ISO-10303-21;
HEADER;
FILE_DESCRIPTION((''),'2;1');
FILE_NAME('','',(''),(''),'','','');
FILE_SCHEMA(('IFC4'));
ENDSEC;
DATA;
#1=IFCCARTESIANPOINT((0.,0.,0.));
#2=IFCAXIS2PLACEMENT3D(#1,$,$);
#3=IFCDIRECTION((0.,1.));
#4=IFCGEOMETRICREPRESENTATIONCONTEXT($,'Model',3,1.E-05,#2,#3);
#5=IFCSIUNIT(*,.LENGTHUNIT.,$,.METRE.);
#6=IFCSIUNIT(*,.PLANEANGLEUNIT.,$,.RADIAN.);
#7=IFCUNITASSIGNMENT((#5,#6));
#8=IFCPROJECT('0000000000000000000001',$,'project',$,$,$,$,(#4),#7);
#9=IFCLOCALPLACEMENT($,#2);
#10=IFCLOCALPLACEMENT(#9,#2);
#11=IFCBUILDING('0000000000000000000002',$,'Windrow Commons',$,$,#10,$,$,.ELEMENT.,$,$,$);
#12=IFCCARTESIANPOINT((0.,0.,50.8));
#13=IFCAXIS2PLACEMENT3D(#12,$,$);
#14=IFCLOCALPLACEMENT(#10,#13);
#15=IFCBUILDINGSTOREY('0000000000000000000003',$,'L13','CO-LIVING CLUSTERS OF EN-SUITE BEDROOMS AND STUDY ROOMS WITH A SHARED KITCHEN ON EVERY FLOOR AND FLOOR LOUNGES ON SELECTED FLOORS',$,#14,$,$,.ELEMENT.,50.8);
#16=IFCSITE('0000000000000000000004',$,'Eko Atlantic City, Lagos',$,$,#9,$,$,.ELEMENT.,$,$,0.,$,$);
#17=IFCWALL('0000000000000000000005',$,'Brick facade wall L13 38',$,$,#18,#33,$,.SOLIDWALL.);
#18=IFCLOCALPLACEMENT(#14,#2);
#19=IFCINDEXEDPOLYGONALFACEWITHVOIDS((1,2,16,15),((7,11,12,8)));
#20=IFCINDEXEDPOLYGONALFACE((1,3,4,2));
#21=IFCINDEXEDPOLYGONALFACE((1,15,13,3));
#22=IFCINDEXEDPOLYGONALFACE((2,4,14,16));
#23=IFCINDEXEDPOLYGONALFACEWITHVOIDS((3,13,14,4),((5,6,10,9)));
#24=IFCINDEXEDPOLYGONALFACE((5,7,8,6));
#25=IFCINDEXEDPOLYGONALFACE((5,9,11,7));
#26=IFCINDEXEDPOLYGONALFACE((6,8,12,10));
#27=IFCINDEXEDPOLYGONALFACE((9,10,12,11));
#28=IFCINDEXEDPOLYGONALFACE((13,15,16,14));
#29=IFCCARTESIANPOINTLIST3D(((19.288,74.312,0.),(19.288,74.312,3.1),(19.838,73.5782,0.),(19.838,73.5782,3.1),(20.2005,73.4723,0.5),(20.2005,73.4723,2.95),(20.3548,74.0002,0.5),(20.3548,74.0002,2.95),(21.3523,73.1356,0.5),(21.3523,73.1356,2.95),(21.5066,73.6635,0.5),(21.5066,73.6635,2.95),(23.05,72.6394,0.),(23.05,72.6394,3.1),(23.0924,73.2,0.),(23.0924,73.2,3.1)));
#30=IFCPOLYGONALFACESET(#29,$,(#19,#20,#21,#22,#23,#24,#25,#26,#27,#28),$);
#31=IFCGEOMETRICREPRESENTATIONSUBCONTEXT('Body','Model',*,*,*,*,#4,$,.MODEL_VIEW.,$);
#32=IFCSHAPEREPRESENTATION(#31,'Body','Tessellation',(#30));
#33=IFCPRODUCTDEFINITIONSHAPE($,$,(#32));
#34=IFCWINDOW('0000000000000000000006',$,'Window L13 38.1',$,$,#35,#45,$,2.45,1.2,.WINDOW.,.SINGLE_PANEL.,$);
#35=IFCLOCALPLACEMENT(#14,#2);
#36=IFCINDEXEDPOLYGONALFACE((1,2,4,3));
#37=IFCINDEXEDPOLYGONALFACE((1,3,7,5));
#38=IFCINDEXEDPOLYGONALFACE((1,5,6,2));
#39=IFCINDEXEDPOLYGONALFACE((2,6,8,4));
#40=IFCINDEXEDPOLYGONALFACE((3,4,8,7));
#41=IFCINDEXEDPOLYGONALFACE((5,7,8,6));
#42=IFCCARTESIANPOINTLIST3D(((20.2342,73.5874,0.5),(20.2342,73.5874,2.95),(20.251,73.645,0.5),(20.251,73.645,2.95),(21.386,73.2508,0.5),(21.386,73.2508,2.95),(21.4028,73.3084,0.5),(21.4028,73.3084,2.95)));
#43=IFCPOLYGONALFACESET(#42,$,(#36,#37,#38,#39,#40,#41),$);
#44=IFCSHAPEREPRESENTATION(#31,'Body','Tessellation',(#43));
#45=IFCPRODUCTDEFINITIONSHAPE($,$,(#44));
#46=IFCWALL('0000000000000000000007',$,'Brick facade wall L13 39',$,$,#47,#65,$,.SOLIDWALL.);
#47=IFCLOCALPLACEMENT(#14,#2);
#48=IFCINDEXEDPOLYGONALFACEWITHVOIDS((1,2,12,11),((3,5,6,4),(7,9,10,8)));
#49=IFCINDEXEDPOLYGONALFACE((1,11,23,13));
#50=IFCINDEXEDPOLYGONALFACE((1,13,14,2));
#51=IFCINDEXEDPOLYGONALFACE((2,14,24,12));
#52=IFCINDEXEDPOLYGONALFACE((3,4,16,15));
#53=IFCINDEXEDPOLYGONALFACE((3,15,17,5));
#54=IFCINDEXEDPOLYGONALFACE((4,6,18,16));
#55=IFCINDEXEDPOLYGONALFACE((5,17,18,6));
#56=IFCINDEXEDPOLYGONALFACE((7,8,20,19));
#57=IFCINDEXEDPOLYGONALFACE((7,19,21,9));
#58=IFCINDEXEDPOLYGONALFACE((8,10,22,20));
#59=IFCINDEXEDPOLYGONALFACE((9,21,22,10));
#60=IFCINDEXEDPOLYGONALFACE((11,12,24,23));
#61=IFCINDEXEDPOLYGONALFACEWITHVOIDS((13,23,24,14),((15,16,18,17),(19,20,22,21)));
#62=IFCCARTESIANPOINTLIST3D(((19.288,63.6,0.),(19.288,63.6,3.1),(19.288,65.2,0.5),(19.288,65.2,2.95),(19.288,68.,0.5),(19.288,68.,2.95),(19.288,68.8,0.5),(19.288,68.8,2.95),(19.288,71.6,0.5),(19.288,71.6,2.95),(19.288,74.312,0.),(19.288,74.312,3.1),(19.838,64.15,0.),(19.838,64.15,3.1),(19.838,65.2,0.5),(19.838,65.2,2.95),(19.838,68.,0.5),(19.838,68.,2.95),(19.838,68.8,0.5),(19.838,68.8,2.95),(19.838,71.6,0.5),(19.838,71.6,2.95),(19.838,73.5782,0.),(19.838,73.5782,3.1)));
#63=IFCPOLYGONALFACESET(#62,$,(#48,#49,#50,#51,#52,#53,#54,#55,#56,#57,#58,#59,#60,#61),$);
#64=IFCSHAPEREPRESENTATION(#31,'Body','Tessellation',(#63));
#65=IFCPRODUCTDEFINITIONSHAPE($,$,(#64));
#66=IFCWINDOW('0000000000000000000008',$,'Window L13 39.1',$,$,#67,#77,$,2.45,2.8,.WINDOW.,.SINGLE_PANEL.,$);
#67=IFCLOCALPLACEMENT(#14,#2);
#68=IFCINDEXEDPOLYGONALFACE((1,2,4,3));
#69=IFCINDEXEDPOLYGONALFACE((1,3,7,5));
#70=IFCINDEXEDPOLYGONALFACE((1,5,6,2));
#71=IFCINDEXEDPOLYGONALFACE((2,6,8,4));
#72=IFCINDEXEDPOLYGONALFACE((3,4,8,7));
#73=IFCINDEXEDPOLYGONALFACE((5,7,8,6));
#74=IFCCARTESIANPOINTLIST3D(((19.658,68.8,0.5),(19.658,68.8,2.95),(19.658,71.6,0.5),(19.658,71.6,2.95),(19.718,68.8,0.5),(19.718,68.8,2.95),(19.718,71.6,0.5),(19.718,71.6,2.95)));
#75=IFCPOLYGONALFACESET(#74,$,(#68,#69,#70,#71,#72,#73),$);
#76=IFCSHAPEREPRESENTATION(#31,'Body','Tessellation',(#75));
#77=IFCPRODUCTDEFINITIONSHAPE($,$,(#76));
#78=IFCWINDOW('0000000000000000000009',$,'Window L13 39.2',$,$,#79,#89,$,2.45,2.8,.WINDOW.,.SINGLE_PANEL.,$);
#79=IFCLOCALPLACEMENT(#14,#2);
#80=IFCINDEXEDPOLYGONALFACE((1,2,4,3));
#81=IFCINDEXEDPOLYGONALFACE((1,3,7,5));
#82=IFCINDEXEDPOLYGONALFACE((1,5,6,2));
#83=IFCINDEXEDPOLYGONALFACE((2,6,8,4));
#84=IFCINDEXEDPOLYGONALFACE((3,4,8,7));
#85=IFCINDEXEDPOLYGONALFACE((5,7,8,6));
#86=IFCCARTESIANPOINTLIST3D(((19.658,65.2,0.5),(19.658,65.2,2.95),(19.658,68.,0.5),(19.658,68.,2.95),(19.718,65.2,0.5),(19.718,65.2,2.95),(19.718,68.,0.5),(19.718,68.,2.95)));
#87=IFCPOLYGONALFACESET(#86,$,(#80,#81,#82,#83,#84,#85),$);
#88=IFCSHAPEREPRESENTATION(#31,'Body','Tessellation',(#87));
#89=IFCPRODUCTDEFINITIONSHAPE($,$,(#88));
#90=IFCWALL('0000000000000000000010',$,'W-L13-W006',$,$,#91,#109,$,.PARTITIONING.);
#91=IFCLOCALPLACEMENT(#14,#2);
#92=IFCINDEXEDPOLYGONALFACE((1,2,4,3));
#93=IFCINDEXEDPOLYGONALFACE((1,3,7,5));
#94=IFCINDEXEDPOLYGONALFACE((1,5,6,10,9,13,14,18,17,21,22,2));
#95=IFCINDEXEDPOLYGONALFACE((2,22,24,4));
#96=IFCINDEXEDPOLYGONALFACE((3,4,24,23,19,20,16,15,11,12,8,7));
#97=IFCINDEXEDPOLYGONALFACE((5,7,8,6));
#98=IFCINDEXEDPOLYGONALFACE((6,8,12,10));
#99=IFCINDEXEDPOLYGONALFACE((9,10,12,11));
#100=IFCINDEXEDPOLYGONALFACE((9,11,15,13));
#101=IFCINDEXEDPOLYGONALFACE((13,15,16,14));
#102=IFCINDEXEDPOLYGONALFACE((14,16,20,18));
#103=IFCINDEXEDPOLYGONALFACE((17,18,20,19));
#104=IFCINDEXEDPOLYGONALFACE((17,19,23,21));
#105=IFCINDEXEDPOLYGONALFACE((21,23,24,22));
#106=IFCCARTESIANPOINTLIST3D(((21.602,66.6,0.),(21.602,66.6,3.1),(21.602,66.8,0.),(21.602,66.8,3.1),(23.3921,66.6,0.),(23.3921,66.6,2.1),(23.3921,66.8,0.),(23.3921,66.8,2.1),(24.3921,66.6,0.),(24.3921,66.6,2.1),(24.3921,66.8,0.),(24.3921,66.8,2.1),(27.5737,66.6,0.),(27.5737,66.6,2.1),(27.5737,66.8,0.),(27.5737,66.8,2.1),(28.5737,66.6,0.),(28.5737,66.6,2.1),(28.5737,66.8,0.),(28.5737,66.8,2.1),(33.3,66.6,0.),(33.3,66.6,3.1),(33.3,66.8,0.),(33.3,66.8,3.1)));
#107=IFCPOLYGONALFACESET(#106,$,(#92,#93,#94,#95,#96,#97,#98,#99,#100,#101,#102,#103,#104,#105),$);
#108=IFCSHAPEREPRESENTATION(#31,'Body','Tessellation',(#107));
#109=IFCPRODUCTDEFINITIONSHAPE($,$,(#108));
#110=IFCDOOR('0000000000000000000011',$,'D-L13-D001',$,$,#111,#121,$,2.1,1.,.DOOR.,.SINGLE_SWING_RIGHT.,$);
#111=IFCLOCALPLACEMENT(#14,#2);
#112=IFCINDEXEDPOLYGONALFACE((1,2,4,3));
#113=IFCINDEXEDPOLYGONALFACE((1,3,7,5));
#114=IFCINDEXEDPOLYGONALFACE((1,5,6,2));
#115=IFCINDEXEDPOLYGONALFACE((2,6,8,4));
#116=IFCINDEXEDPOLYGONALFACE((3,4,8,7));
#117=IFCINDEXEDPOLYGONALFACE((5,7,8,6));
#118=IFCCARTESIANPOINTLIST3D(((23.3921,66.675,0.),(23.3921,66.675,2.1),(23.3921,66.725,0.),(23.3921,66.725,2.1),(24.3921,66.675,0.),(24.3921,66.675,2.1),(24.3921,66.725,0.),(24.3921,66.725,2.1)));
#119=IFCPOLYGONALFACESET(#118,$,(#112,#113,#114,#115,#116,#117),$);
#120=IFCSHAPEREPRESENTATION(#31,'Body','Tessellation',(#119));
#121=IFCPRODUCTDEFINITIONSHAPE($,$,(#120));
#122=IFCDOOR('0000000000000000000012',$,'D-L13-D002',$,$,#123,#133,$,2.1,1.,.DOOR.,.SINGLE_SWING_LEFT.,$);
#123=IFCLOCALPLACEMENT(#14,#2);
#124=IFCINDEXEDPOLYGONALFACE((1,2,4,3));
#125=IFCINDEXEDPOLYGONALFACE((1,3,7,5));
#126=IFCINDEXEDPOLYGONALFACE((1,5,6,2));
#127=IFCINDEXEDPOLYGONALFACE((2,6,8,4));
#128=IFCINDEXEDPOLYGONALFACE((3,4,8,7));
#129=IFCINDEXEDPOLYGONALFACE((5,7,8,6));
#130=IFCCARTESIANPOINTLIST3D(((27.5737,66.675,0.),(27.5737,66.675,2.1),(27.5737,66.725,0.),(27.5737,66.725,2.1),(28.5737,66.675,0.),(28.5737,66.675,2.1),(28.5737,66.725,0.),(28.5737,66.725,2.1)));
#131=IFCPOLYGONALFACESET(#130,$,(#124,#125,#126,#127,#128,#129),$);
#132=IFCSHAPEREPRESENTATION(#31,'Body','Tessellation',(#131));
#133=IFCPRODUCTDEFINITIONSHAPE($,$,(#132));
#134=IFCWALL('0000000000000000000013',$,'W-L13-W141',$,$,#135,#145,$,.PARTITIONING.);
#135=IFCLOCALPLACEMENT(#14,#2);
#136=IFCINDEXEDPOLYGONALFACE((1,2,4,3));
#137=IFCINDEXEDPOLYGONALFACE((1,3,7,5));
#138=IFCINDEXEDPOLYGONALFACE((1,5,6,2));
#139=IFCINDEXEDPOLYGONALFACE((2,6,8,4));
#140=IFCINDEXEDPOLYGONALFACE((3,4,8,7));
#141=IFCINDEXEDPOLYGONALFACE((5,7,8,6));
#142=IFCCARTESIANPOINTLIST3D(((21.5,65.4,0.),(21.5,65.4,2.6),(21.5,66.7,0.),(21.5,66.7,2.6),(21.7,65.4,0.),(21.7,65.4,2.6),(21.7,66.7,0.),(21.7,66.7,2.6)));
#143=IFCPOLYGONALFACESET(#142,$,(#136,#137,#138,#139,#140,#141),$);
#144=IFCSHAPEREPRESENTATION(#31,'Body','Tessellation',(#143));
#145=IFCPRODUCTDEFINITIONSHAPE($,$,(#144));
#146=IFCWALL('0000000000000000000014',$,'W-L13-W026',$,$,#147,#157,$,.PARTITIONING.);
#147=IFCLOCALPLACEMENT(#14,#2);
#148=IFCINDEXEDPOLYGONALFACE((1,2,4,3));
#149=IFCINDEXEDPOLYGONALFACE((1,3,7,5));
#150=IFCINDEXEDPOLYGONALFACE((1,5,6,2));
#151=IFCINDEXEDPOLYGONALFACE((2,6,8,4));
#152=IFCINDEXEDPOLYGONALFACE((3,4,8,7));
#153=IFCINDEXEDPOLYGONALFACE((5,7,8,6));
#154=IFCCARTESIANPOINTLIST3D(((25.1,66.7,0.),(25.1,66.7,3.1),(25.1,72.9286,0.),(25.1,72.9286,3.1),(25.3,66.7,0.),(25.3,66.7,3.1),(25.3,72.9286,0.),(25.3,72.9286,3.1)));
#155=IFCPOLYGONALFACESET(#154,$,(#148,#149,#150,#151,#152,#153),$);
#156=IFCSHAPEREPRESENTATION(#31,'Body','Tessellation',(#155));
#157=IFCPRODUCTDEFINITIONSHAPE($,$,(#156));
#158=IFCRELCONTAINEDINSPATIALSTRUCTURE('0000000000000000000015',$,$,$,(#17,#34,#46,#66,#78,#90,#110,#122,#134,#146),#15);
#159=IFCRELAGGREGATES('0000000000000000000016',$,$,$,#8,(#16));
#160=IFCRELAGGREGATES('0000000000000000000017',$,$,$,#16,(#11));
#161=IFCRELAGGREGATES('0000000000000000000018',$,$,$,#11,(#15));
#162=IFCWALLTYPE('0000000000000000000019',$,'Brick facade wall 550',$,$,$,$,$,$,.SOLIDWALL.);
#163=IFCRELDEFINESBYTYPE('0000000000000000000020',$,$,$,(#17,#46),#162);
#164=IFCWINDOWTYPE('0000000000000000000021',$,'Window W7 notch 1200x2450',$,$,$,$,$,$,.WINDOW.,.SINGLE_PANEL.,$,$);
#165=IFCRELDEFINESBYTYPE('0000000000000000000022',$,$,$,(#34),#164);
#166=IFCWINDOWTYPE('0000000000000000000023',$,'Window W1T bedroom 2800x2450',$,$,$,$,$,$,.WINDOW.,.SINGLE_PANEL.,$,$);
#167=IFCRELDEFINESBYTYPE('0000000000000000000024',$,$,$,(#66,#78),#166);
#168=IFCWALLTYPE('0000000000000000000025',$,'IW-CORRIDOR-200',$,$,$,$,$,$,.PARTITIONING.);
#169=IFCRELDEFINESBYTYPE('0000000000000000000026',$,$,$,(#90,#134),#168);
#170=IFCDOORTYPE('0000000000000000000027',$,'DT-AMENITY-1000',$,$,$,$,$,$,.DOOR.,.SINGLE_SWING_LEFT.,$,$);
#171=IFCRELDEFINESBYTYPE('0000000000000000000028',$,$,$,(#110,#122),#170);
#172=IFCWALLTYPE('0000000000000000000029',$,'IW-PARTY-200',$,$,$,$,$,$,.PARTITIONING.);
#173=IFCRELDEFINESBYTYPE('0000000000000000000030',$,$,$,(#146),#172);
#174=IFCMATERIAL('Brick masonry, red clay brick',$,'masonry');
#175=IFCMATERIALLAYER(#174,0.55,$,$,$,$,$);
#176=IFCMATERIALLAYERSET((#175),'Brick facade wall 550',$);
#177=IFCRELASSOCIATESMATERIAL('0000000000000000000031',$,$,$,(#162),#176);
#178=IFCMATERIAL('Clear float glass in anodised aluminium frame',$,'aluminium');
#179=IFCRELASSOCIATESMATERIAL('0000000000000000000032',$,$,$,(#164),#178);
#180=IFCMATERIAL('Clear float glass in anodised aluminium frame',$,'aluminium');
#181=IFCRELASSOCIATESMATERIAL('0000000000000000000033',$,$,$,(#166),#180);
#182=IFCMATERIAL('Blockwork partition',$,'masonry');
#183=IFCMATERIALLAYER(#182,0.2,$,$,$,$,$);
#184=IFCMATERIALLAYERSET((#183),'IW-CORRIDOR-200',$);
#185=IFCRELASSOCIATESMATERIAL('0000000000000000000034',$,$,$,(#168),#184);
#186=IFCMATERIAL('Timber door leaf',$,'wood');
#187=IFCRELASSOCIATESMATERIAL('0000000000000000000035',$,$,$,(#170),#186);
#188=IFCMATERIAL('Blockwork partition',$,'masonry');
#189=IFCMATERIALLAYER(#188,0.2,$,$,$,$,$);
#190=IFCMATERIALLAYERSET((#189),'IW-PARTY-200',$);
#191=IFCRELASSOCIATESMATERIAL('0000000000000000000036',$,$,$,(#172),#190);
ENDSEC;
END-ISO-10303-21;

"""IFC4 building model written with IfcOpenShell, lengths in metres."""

from ifc_helpers import new_model, si_unit, direction, frame, frame_2d, origin, place, context, subcontext, project, spatial, polyline, rectangle, outline, extrude, material, layer, layer_set, type_object, element, fill, save


model = new_model("IFC4")

# Units and contexts
model_context = context("Model", 3, precision=1e-05, world=origin(), true_north=direction((0.0, 1.0)))
body_context = subcontext(model_context, "Body", "Model", "MODEL_VIEW")
ifc_project = project(units=[si_unit("LENGTHUNIT", "METRE"), si_unit("PLANEANGLEUNIT", "RADIAN")], contexts=[model_context])

# Site, building, storey
site_placement = place(None, origin())
site = spatial("IfcSite", under=ifc_project, at=site_placement, Name="Eko Atlantic City, Lagos", CompositionType="ELEMENT", RefElevation=0.0)
building_placement = place(site_placement, origin())
building = spatial("IfcBuilding", under=site, at=building_placement, Name="Windrow Commons", CompositionType="ELEMENT")
storey_placement = place(building_placement, frame((0.0, 0.0, 50.8)))
storey = spatial("IfcBuildingStorey", under=building, at=storey_placement, Name="L13", Description="CO-LIVING CLUSTERS OF EN-SUITE BEDROOMS AND STUDY ROOMS WITH A SHARED KITCHEN ON EVERY FLOOR AND FLOOR LOUNGES ON SELECTED FLOORS", CompositionType="ELEMENT", Elevation=50.8)

# Shared definitions
ifc_material_1 = material(Name="Brick masonry, red clay brick", Category="masonry")
ifc_layer_1 = layer(ifc_material_1, 0.55)
ifc_layer_set_1 = layer_set([ifc_layer_1], Name="Brick facade wall 550")
wall_type_1 = type_object("IfcWallType", Name="Brick facade wall 550", PredefinedType="SOLIDWALL", material=ifc_layer_set_1)
ifc_material_2 = material(Name="Clear float glass in anodised aluminium frame", Category="aluminium")
window_type_1 = type_object("IfcWindowType", Name="Window W7 notch 1200x2450", PartitioningType="SINGLE_PANEL", PredefinedType="WINDOW", material=ifc_material_2)

# Wall, opening, window
wall_1_placement = place(storey_placement, frame((23.0712, 72.9197, 0.0), z_axis=(0.0, 0.0, 1.0), x_axis=(-0.95984, 0.280548, 0.0)))
wall_1 = element("IfcWall", 1, at=wall_1_placement, inside=storey, type_object=wall_type_1, Name="Brick facade wall L13 38", PredefinedType="SOLIDWALL", context=body_context, shape_type="SweptSolid", body=[
    extrude(outline(polyline([(0.0583, -0.275), (4.0219, -0.275), (3.2881, 0.275), (-0.0583, 0.275), (0.0583, -0.275)])), origin(), (0.0, 0.0, 1.0), 3.1),
])
opening_1_placement = place(wall_1_placement, frame((1.7104, 0.0, 0.5)))
opening_1 = element("IfcOpeningElement", 2, at=opening_1_placement, cuts=wall_1, PredefinedType="OPENING", context=body_context, shape_type="SweptSolid", body=[
    extrude(rectangle(XDim=1.2, YDim=2.45, at=frame_2d((0.6, 1.225))), frame((0.0, 0.285, 0.0), z_axis=(0.0, -1.0, 0.0), x_axis=(1.0, 0.0, 0.0)), (0.0, 0.0, 1.0), 0.57),
])
window_1_placement = place(opening_1_placement, origin())
window_1 = element("IfcWindow", 3, at=window_1_placement, inside=storey, type_object=window_type_1, Name="Window L13 38.1", OverallHeight=2.45, OverallWidth=1.2, PartitioningType="SINGLE_PANEL", PredefinedType="WINDOW", context=body_context, shape_type="SweptSolid", body=[
    extrude(rectangle(XDim=1.2, YDim=2.45, at=frame_2d((0.6, 1.225))), frame((0.0, 0.155, 0.0), z_axis=(0.0, -1.0, 0.0), x_axis=(1.0, 0.0, 0.0)), (0.0, 0.0, 1.0), 0.06),
])
fill(opening_1, window_1)

# Wall, openings, windows
wall_2_placement = place(storey_placement, frame((19.563, 73.9451, 0.0), z_axis=(0.0, 0.0, 1.0), x_axis=(0.0, -1.0, 0.0)))
wall_2 = element("IfcWall", 4, at=wall_2_placement, inside=storey, type_object=wall_type_1, Name="Brick facade wall L13 39", PredefinedType="SOLIDWALL", context=body_context, shape_type="SweptSolid", body=[
    extrude(outline(polyline([(-0.3669, -0.275), (10.3451, -0.275), (9.7951, 0.275), (0.3669, 0.275), (-0.3669, -0.275)])), origin(), (0.0, 0.0, 1.0), 3.1),
])
opening_2_placement = place(wall_2_placement, frame((2.3451, 0.0, 0.5)))
opening_2 = element("IfcOpeningElement", 5, at=opening_2_placement, cuts=wall_2, PredefinedType="OPENING", context=body_context, shape_type="SweptSolid", body=[
    extrude(rectangle(XDim=2.8, YDim=2.45, at=frame_2d((1.4, 1.225))), frame((0.0, 0.285, 0.0), z_axis=(0.0, -1.0, 0.0), x_axis=(1.0, 0.0, 0.0)), (0.0, 0.0, 1.0), 0.57),
])
opening_3_placement = place(wall_2_placement, frame((5.9451, 0.0, 0.5)))
opening_3 = element("IfcOpeningElement", 6, at=opening_3_placement, cuts=wall_2, PredefinedType="OPENING", context=body_context, shape_type="SweptSolid", body=[
    extrude(rectangle(XDim=2.8, YDim=2.45, at=frame_2d((1.4, 1.225))), frame((0.0, 0.285, 0.0), z_axis=(0.0, -1.0, 0.0), x_axis=(1.0, 0.0, 0.0)), (0.0, 0.0, 1.0), 0.57),
])
ifc_material_3 = material(Name="Clear float glass in anodised aluminium frame", Category="aluminium")
window_type_2 = type_object("IfcWindowType", Name="Window W1T bedroom 2800x2450", PartitioningType="SINGLE_PANEL", PredefinedType="WINDOW", material=ifc_material_3)
window_2_placement = place(opening_2_placement, origin())
window_2 = element("IfcWindow", 7, at=window_2_placement, inside=storey, type_object=window_type_2, Name="Window L13 39.1", OverallHeight=2.45, OverallWidth=2.8, PartitioningType="SINGLE_PANEL", PredefinedType="WINDOW", context=body_context, shape_type="SweptSolid", body=[
    extrude(rectangle(XDim=2.8, YDim=2.45, at=frame_2d((1.4, 1.225))), frame((0.0, 0.155, 0.0), z_axis=(0.0, -1.0, 0.0), x_axis=(1.0, 0.0, 0.0)), (0.0, 0.0, 1.0), 0.06),
])
fill(opening_2, window_2)
window_3_placement = place(opening_3_placement, origin())
window_3 = element("IfcWindow", 8, at=window_3_placement, inside=storey, type_object=window_type_2, Name="Window L13 39.2", OverallHeight=2.45, OverallWidth=2.8, PartitioningType="SINGLE_PANEL", PredefinedType="WINDOW", context=body_context, shape_type="SweptSolid", body=[
    extrude(rectangle(XDim=2.8, YDim=2.45, at=frame_2d((1.4, 1.225))), frame((0.0, 0.155, 0.0), z_axis=(0.0, -1.0, 0.0), x_axis=(1.0, 0.0, 0.0)), (0.0, 0.0, 1.0), 0.06),
])
fill(opening_3, window_3)

# Wall, openings, doors
ifc_material_4 = material(Name="Blockwork partition", Category="masonry")
ifc_layer_2 = layer(ifc_material_4, 0.2)
ifc_layer_set_2 = layer_set([ifc_layer_2], Name="IW-CORRIDOR-200")
wall_type_2 = type_object("IfcWallType", Name="IW-CORRIDOR-200", PredefinedType="PARTITIONING", material=ifc_layer_set_2)
wall_3_placement = place(storey_placement, frame((21.602, 66.7, 0.0), z_axis=(0.0, 0.0, 1.0), x_axis=(1.0, 0.0, 0.0)))
wall_3 = element("IfcWall", 9, at=wall_3_placement, inside=storey, type_object=wall_type_2, Name="W-L13-W006", PredefinedType="PARTITIONING", context=body_context, shape_type="SweptSolid", body=[
    extrude(rectangle(XDim=11.698, YDim=0.2, at=frame_2d((5.849, 0.0))), origin(), (0.0, 0.0, 1.0), 3.1),
])
opening_4_placement = place(wall_3_placement, frame((1.7901, 0.0, 0.0)))
opening_4 = element("IfcOpeningElement", 10, at=opening_4_placement, cuts=wall_3, PredefinedType="OPENING", context=body_context, shape_type="SweptSolid", body=[
    extrude(rectangle(XDim=1.0, YDim=2.1, at=frame_2d((0.5, 1.05))), frame((0.0, 0.11, 0.0), z_axis=(0.0, -1.0, 0.0), x_axis=(1.0, 0.0, 0.0)), (0.0, 0.0, 1.0), 0.22),
])
opening_5_placement = place(wall_3_placement, frame((5.9717, 0.0, 0.0)))
opening_5 = element("IfcOpeningElement", 11, at=opening_5_placement, cuts=wall_3, PredefinedType="OPENING", context=body_context, shape_type="SweptSolid", body=[
    extrude(rectangle(XDim=1.0, YDim=2.1, at=frame_2d((0.5, 1.05))), frame((0.0, 0.11, 0.0), z_axis=(0.0, -1.0, 0.0), x_axis=(1.0, 0.0, 0.0)), (0.0, 0.0, 1.0), 0.22),
])
ifc_material_5 = material(Name="Timber door leaf", Category="wood")
door_type = type_object("IfcDoorType", Name="DT-AMENITY-1000", OperationType="SINGLE_SWING_LEFT", PredefinedType="DOOR", material=ifc_material_5)
door_1_placement = place(opening_4_placement, origin())
door_1 = element("IfcDoor", 12, at=door_1_placement, inside=storey, type_object=door_type, Name="D-L13-D001", OperationType="SINGLE_SWING_RIGHT", OverallHeight=2.1, OverallWidth=1.0, PredefinedType="DOOR", context=body_context, shape_type="SweptSolid", body=[
    extrude(rectangle(XDim=1.0, YDim=2.1, at=frame_2d((0.5, 1.05))), frame((0.0, 0.025, 0.0), z_axis=(0.0, -1.0, 0.0), x_axis=(1.0, 0.0, 0.0)), (0.0, 0.0, 1.0), 0.05),
])
fill(opening_4, door_1)
door_2_placement = place(opening_5_placement, origin())
door_2 = element("IfcDoor", 13, at=door_2_placement, inside=storey, type_object=door_type, Name="D-L13-D002", OperationType="SINGLE_SWING_LEFT", OverallHeight=2.1, OverallWidth=1.0, PredefinedType="DOOR", context=body_context, shape_type="SweptSolid", body=[
    extrude(rectangle(XDim=1.0, YDim=2.1, at=frame_2d((0.5, 1.05))), frame((0.0, 0.025, 0.0), z_axis=(0.0, -1.0, 0.0), x_axis=(1.0, 0.0, 0.0)), (0.0, 0.0, 1.0), 0.05),
])
fill(opening_5, door_2)

# Walls
wall_4_placement = place(storey_placement, frame((21.6, 65.4, 0.0), z_axis=(0.0, 0.0, 1.0), x_axis=(0.0, 1.0, 0.0)))
element("IfcWall", 14, at=wall_4_placement, inside=storey, type_object=wall_type_2, Name="W-L13-W141", PredefinedType="PARTITIONING", context=body_context, shape_type="SweptSolid", body=[
    extrude(rectangle(XDim=1.3, YDim=0.2, at=frame_2d((0.65, 0.0))), origin(), (0.0, 0.0, 1.0), 2.6),
])
ifc_material_6 = material(Name="Blockwork partition", Category="masonry")
ifc_layer_3 = layer(ifc_material_6, 0.2)
ifc_layer_set_3 = layer_set([ifc_layer_3], Name="IW-PARTY-200")
wall_type_3 = type_object("IfcWallType", Name="IW-PARTY-200", PredefinedType="PARTITIONING", material=ifc_layer_set_3)
wall_5_placement = place(storey_placement, frame((25.2, 66.7, 0.0), z_axis=(0.0, 0.0, 1.0), x_axis=(0.0, 1.0, 0.0)))
element("IfcWall", 15, at=wall_5_placement, inside=storey, type_object=wall_type_3, Name="W-L13-W026", PredefinedType="PARTITIONING", context=body_context, shape_type="SweptSolid", body=[
    extrude(rectangle(XDim=6.2287, YDim=0.2, at=frame_2d((3.1143, 0.0))), origin(), (0.0, 0.0, 1.0), 3.1),
])

save(model, "model.ifc")
